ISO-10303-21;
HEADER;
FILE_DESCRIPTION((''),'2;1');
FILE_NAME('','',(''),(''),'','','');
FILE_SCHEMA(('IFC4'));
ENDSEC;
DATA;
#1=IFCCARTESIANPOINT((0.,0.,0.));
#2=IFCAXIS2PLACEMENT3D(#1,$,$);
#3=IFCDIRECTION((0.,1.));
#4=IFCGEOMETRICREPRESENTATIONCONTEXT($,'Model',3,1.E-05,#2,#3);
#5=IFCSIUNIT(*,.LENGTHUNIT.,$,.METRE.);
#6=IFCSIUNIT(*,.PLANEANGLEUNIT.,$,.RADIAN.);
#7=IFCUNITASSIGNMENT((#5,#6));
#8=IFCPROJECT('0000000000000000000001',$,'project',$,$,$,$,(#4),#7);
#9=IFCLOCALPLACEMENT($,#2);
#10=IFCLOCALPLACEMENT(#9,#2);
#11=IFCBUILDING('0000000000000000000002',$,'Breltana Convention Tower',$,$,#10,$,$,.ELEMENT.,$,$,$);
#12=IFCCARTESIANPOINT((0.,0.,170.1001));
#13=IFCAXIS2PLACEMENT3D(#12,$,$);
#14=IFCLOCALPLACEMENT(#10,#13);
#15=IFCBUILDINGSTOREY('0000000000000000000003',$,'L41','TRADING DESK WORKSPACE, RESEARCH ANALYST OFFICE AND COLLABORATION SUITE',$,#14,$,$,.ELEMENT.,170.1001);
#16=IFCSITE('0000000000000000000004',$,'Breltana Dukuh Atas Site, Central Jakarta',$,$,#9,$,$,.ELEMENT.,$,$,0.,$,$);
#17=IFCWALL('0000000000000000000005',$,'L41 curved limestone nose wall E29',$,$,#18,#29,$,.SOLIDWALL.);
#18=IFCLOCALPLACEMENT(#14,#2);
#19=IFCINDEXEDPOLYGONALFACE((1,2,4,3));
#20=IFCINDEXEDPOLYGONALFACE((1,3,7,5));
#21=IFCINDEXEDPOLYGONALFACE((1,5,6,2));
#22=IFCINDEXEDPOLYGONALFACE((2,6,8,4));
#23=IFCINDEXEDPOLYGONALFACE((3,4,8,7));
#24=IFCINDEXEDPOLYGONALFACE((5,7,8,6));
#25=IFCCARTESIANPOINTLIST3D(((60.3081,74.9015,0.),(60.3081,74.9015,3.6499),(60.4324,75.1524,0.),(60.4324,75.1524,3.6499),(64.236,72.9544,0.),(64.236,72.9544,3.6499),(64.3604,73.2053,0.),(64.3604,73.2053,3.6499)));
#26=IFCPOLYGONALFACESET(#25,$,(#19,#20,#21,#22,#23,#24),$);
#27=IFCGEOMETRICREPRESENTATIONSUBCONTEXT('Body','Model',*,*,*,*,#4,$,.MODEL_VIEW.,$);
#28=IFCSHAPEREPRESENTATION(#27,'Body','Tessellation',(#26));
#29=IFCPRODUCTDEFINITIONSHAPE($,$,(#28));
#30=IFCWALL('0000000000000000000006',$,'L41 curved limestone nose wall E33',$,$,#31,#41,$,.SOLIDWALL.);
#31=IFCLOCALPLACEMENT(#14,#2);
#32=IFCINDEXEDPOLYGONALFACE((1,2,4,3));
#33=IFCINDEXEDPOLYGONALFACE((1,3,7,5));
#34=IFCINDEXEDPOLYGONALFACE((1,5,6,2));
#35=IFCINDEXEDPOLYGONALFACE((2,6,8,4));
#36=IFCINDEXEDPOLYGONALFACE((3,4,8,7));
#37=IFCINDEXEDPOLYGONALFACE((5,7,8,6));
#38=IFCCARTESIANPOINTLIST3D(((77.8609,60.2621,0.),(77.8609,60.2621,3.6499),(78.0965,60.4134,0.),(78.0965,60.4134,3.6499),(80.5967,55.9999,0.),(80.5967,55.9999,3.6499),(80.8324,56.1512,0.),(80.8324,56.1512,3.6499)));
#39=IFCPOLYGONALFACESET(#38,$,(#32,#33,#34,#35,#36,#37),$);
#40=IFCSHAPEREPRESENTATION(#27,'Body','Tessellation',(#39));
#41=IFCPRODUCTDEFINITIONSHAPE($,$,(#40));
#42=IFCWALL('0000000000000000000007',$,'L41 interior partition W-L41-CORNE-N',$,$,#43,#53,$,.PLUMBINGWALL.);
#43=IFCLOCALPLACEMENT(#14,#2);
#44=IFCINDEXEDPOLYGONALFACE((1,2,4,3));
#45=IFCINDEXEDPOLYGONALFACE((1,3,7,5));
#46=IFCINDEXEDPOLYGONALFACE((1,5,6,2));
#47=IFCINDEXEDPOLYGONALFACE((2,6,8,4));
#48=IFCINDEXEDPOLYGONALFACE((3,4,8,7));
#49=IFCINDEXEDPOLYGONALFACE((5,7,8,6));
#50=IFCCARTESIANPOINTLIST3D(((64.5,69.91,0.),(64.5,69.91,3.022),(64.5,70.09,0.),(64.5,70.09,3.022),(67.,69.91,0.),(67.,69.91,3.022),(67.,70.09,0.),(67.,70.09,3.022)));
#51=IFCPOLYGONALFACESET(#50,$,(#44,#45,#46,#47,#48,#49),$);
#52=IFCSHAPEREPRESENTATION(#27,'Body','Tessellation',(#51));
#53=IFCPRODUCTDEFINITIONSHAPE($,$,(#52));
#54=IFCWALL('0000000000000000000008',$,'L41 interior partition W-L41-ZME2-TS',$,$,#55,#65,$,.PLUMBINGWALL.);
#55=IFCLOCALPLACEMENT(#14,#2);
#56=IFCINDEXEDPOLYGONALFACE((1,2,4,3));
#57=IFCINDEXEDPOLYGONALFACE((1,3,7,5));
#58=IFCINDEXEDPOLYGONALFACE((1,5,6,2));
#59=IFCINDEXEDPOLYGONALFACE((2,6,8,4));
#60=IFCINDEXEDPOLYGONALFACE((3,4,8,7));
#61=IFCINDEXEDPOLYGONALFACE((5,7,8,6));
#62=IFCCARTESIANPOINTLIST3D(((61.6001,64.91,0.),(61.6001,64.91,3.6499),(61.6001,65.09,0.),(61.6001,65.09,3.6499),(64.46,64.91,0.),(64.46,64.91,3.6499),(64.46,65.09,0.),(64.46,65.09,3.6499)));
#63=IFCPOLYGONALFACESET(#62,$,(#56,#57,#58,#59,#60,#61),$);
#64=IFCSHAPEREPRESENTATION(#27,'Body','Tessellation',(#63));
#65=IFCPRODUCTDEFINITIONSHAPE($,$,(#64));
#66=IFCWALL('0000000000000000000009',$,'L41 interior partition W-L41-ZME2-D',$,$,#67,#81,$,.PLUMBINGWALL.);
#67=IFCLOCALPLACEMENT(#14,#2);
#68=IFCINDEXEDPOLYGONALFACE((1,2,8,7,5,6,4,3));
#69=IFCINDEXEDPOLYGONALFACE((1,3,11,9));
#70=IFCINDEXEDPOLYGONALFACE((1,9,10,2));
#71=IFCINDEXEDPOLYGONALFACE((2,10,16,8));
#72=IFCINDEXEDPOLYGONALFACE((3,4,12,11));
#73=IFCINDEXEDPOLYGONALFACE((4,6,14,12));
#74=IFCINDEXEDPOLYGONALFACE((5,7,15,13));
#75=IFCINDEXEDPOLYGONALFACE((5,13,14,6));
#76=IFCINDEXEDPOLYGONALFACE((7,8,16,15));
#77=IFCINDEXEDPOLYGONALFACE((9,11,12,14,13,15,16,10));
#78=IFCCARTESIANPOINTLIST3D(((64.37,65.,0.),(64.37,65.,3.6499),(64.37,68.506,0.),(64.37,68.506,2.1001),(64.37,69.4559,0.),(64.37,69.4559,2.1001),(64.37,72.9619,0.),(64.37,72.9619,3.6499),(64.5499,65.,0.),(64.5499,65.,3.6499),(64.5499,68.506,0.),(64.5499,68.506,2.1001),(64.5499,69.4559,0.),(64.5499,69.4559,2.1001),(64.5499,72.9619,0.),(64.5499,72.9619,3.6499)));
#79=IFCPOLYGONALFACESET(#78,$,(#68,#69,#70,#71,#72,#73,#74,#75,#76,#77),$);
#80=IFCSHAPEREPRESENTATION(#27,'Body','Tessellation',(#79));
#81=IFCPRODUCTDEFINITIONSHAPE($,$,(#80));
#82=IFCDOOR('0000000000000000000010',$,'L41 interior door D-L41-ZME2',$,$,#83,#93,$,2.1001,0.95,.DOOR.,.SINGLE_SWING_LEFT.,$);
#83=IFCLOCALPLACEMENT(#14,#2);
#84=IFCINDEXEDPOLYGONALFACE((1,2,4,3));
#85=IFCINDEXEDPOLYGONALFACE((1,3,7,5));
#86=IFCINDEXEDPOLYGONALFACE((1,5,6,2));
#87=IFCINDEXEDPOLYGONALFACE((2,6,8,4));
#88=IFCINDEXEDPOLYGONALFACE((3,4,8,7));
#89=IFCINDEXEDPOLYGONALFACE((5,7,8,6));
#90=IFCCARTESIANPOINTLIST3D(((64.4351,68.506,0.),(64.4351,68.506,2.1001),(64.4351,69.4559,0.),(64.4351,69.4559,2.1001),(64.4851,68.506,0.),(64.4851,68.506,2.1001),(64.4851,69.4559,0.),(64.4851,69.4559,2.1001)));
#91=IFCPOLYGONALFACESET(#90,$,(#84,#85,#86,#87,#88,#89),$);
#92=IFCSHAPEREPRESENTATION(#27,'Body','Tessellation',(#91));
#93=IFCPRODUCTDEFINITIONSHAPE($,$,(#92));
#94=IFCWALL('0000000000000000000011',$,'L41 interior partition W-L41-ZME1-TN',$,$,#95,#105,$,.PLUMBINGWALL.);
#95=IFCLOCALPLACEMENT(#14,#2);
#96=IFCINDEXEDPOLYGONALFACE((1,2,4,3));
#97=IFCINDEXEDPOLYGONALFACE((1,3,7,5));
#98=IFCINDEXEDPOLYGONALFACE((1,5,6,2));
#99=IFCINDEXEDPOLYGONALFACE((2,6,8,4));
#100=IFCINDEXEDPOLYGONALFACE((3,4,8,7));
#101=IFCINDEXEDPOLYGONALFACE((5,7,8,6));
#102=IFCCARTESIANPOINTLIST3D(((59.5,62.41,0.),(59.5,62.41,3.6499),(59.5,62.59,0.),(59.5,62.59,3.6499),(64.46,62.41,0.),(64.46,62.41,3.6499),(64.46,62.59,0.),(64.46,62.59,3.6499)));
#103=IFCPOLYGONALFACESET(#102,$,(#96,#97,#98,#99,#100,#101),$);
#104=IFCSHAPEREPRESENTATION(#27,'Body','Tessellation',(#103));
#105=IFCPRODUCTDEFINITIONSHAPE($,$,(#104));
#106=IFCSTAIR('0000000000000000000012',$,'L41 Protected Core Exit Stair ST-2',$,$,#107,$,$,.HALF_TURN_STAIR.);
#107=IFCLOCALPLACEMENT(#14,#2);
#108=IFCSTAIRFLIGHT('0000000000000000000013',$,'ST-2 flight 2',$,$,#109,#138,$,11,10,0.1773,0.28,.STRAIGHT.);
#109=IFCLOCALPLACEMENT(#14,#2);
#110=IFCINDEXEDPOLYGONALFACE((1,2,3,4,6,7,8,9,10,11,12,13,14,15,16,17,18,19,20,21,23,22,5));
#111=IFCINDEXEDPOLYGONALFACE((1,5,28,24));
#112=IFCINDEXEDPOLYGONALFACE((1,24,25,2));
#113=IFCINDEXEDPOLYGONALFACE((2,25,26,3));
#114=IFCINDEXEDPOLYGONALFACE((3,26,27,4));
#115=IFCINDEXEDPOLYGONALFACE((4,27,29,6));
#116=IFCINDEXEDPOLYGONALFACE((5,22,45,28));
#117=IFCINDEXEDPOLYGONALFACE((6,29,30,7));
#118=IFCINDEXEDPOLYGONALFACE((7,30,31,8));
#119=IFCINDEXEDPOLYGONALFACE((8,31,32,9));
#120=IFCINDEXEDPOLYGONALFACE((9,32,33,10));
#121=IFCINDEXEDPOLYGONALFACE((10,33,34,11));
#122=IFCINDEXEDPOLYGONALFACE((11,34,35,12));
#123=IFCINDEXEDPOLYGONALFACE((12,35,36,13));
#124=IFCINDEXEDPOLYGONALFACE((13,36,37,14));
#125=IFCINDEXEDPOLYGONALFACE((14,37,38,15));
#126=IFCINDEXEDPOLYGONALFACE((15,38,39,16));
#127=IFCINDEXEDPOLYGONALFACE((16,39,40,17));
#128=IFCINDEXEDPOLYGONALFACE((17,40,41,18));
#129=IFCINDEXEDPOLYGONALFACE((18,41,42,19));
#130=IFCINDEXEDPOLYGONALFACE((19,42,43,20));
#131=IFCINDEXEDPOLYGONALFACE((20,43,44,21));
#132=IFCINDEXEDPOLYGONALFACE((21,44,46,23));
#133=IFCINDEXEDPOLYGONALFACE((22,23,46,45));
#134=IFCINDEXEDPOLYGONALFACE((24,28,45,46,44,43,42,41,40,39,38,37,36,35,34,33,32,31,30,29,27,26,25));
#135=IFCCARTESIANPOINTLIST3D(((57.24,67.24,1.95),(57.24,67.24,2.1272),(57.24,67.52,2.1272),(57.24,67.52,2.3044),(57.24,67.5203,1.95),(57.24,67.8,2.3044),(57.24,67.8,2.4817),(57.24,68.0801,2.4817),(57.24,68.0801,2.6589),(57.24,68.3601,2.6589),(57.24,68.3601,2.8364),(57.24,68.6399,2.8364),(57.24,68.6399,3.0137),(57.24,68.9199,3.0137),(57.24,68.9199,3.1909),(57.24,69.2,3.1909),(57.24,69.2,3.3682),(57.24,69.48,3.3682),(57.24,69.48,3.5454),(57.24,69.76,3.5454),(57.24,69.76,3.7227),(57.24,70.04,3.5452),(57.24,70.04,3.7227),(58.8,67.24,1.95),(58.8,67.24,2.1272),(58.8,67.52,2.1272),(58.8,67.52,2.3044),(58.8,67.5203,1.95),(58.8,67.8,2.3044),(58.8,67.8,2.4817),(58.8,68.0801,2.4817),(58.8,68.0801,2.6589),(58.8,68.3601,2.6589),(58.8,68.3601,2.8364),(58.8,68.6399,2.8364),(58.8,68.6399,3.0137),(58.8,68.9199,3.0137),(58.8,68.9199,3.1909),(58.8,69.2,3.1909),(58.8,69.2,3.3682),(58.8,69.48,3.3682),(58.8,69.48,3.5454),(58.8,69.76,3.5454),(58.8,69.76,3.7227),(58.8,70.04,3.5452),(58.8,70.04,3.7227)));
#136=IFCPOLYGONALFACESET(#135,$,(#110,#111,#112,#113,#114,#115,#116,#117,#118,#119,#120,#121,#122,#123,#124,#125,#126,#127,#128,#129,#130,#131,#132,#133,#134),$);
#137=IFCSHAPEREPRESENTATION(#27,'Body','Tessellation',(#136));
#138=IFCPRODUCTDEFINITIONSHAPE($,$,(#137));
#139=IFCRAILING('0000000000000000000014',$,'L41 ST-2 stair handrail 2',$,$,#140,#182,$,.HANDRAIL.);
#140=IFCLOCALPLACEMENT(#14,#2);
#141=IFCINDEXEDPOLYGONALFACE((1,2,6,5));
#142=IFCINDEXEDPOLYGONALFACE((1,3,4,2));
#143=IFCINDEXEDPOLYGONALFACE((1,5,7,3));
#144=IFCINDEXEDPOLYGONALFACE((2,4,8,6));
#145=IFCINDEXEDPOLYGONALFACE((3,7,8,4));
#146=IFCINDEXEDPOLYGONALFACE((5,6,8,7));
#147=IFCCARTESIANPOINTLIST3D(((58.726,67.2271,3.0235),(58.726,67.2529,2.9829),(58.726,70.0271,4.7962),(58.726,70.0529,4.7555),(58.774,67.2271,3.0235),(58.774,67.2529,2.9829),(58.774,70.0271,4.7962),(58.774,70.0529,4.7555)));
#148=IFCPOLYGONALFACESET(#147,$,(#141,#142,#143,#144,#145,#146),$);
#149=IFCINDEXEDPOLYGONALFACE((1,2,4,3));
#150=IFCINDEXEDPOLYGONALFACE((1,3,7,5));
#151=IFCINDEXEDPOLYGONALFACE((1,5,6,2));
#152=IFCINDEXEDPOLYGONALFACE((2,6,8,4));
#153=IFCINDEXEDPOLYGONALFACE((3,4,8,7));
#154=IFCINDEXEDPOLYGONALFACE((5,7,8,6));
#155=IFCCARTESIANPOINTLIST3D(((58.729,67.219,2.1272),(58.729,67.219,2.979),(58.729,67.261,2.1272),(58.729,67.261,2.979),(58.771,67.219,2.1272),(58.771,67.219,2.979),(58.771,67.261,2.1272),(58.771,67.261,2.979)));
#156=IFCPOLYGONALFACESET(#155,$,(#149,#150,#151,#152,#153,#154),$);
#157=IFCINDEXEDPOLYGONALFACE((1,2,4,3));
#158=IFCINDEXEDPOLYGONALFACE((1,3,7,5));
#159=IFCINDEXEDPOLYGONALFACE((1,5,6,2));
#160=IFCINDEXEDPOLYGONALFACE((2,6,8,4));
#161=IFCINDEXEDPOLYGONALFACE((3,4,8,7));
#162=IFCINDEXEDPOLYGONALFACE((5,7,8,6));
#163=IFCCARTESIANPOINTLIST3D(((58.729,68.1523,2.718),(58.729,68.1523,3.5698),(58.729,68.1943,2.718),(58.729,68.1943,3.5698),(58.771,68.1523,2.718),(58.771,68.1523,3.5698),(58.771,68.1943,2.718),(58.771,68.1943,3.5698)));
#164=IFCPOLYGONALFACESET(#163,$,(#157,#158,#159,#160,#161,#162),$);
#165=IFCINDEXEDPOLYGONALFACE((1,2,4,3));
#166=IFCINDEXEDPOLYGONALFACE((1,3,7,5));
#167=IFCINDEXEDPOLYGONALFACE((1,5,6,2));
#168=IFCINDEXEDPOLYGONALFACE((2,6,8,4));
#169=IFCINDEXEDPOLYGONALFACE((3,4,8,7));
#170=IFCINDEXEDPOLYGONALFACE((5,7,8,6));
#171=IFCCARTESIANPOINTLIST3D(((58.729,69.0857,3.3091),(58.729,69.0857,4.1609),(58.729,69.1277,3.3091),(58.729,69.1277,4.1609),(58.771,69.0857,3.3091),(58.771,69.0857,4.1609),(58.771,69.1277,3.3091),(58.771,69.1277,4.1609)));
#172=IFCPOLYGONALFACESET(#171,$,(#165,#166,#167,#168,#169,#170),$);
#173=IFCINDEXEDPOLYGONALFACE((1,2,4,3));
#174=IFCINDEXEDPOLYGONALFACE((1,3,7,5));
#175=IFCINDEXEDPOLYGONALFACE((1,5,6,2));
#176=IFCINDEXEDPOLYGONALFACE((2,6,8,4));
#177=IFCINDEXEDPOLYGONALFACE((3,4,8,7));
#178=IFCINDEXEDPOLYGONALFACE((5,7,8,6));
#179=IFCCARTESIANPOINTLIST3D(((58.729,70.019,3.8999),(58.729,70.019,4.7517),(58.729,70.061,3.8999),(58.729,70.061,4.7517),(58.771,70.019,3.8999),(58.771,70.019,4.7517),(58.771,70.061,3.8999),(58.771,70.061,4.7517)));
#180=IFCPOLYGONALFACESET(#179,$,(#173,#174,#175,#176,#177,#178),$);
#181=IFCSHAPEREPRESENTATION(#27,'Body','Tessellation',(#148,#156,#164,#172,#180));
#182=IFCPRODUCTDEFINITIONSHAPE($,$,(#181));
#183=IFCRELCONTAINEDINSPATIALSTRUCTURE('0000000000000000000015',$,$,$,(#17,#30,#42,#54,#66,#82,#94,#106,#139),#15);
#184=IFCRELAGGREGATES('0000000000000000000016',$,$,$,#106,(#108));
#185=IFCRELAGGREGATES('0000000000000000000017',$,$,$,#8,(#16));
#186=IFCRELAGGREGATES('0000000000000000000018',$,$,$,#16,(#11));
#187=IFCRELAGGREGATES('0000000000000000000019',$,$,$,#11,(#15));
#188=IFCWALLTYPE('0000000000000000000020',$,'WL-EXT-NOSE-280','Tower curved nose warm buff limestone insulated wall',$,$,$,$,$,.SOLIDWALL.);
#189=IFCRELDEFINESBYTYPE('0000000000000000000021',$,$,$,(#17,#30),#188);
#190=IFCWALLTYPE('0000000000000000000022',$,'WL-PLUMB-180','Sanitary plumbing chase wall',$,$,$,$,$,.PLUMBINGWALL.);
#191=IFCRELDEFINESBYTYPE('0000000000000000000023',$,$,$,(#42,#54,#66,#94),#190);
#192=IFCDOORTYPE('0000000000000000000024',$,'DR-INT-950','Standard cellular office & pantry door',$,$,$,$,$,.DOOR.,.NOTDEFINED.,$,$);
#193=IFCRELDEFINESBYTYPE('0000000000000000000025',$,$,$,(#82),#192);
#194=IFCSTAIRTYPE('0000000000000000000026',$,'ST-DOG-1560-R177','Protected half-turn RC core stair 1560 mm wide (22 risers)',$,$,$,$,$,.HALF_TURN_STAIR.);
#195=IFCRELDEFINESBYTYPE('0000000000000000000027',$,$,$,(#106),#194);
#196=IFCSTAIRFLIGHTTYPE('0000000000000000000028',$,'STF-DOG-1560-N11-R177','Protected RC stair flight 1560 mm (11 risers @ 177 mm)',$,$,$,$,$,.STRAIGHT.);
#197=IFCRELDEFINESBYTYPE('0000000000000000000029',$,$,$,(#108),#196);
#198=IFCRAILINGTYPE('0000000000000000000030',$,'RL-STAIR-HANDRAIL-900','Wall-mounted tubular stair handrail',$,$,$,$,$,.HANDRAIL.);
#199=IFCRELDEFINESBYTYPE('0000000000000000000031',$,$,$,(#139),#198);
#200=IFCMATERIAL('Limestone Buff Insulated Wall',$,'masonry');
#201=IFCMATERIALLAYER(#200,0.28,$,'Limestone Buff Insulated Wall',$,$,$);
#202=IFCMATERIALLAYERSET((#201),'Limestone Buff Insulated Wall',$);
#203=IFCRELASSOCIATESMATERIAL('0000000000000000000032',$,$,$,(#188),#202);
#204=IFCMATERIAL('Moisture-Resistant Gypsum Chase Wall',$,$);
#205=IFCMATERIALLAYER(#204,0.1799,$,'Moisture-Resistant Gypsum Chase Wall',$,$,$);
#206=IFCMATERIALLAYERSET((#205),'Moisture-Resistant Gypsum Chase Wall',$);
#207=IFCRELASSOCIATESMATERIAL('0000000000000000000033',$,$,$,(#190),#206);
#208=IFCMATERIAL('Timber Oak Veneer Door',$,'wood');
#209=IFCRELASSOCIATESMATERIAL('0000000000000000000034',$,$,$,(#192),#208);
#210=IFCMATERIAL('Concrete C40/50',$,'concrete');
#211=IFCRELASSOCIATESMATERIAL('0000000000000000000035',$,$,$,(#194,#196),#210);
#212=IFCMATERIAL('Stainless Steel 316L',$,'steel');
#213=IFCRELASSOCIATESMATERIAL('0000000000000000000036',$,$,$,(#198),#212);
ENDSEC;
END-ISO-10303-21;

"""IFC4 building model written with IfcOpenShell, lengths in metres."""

from ifc_helpers import new_model, si_unit, direction, frame, frame_2d, origin, origin_2d, place, context, subcontext, project, spatial, polyline, rectangle, outline, extrude, source, transform, mapped, material, layer, layer_set, type_object, type_shapes, element, fill, aggregate, save


model = new_model("IFC4")

# Units and contexts
model_context = context("Model", 3, precision=1e-05, world=origin(), true_north=direction((0.0, 1.0)))
body_context = subcontext(model_context, "Body", "Model", "MODEL_VIEW")
ifc_project = project(units=[si_unit("LENGTHUNIT", "METRE"), si_unit("PLANEANGLEUNIT", "RADIAN")], contexts=[model_context])

# Site, building, storey
site_placement = place(None, origin())
site = spatial("IfcSite", under=ifc_project, at=site_placement, Name="Breltana Dukuh Atas Site, Central Jakarta", CompositionType="ELEMENT", RefElevation=0.0)
building_placement = place(site_placement, origin())
building = spatial("IfcBuilding", under=site, at=building_placement, Name="Breltana Convention Tower", CompositionType="ELEMENT")
storey_placement = place(building_placement, frame((0.0, 0.0, 170.1001)))
storey = spatial("IfcBuildingStorey", under=building, at=storey_placement, Name="L41", Description="TRADING DESK WORKSPACE, RESEARCH ANALYST OFFICE AND COLLABORATION SUITE", CompositionType="ELEMENT", Elevation=170.1001)

# Walls
ifc_material_1 = material(Name="Limestone Buff Insulated Wall", Category="masonry")
ifc_layer_1 = layer(ifc_material_1, 0.28, Name="Limestone Buff Insulated Wall")
ifc_layer_set_1 = layer_set([ifc_layer_1], Name="Limestone Buff Insulated Wall")
wall_type_1 = type_object("IfcWallType", Name="WL-EXT-NOSE-280", Description="Tower curved nose warm buff limestone insulated wall", PredefinedType="SOLIDWALL", material=ifc_layer_set_1)
shared_shape_1 = source(origin(), body_context, "Body", "SweptSolid", [
    extrude(rectangle(XDim=4.384, YDim=0.28, at=frame_2d((2.1919, 0.0))), origin(), (0.0, 0.0, 1.0), 3.6499),
])
wall_1_placement = place(storey_placement, frame((60.3704, 75.0269, 0.0), z_axis=(0.0, 0.0, 1.0), x_axis=(0.89597, -0.444115, 0.0)))
element("IfcWall", 1, at=wall_1_placement, inside=storey, type_object=wall_type_1, Name="L41 curved limestone nose wall E29", PredefinedType="SOLIDWALL", context=body_context, shape_type="MappedRepresentation", body=[
    mapped(shared_shape_1, transform((0.0, 0.0, 0.0), scale=1.0)),
])
shared_shape_2 = source(origin(), body_context, "Body", "SweptSolid", [
    extrude(rectangle(XDim=5.0647, YDim=0.28, at=frame_2d((2.5322, 0.0))), origin(), (0.0, 0.0, 1.0), 3.6499),
])
wall_2_placement = place(storey_placement, frame((77.9788, 60.3376, 0.0), z_axis=(0.0, 0.0, 1.0), x_axis=(0.540178, -0.841551, 0.0)))
element("IfcWall", 2, at=wall_2_placement, inside=storey, type_object=wall_type_1, Name="L41 curved limestone nose wall E33", PredefinedType="SOLIDWALL", context=body_context, shape_type="MappedRepresentation", body=[
    mapped(shared_shape_2, transform((0.0, 0.0, 0.0), scale=1.0)),
])
ifc_material_2 = material(Name="Moisture-Resistant Gypsum Chase Wall")
ifc_layer_2 = layer(ifc_material_2, 0.1799, Name="Moisture-Resistant Gypsum Chase Wall")
ifc_layer_set_2 = layer_set([ifc_layer_2], Name="Moisture-Resistant Gypsum Chase Wall")
wall_type_2 = type_object("IfcWallType", Name="WL-PLUMB-180", Description="Sanitary plumbing chase wall", PredefinedType="PLUMBINGWALL", material=ifc_layer_set_2)
shared_shape_3 = source(origin(), body_context, "Body", "SweptSolid", [
    extrude(rectangle(XDim=2.5, YDim=0.1799, at=frame_2d((1.25, 0.0))), origin(), (0.0, 0.0, 1.0), 3.022),
])
wall_3_placement = place(storey_placement, frame((64.5, 70.0, 0.0), z_axis=(0.0, 0.0, 1.0), x_axis=(1.0, 0.0, 0.0)))
element("IfcWall", 3, at=wall_3_placement, inside=storey, type_object=wall_type_2, Name="L41 interior partition W-L41-CORNE-N", PredefinedType="PLUMBINGWALL", context=body_context, shape_type="MappedRepresentation", body=[
    mapped(shared_shape_3, transform((0.0, 0.0, 0.0), scale=1.0)),
])
shared_shape_4 = source(origin(), body_context, "Body", "SweptSolid", [
    extrude(rectangle(XDim=2.8599, YDim=0.1799, at=frame_2d((1.4299, 0.0))), origin(), (0.0, 0.0, 1.0), 3.6499),
])
wall_4_placement = place(storey_placement, frame((61.6001, 65.0, 0.0), z_axis=(0.0, 0.0, 1.0), x_axis=(1.0, 0.0, 0.0)))
element("IfcWall", 4, at=wall_4_placement, inside=storey, type_object=wall_type_2, Name="L41 interior partition W-L41-ZME2-TS", PredefinedType="PLUMBINGWALL", context=body_context, shape_type="MappedRepresentation", body=[
    mapped(shared_shape_4, transform((0.0, 0.0, 0.0), scale=1.0)),
])

# Wall, opening, door
shared_shape_5 = source(origin(), body_context, "Body", "SweptSolid", [
    extrude(rectangle(XDim=7.9619, YDim=0.1799, at=frame_2d((3.981, 0.0))), origin(), (0.0, 0.0, 1.0), 3.6499),
])
wall_5_placement = place(storey_placement, frame((64.46, 65.0, 0.0), z_axis=(0.0, 0.0, 1.0), x_axis=(0.0, 1.0, 0.0)))
wall_5 = element("IfcWall", 5, at=wall_5_placement, inside=storey, type_object=wall_type_2, Name="L41 interior partition W-L41-ZME2-D", PredefinedType="PLUMBINGWALL", context=body_context, shape_type="MappedRepresentation", body=[
    mapped(shared_shape_5, transform((0.0, 0.0, 0.0), scale=1.0)),
])
opening_placement = place(wall_5_placement, frame((3.5059, 0.0, 0.0)))
opening = element("IfcOpeningElement", 6, at=opening_placement, cuts=wall_5, PredefinedType="OPENING", context=body_context, shape_type="SweptSolid", body=[
    extrude(rectangle(XDim=0.95, YDim=2.1001, at=frame_2d((0.4751, 1.05))), frame((0.0, 0.1001, 0.0), z_axis=(0.0, -1.0, 0.0), x_axis=(1.0, 0.0, 0.0)), (0.0, 0.0, 1.0), 0.2),
])
ifc_material_3 = material(Name="Timber Oak Veneer Door", Category="wood")
door_type = type_object("IfcDoorType", Name="DR-INT-950", Description="Standard cellular office & pantry door", OperationType="NOTDEFINED", PredefinedType="DOOR", material=ifc_material_3)
shared_shape_6 = source(origin(), body_context, "Body", "SweptSolid", [
    extrude(rectangle(XDim=0.95, YDim=2.1001, at=frame_2d((0.4751, 1.05))), frame((0.0, 0.0249, 0.0), z_axis=(0.0, -1.0, 0.0), x_axis=(1.0, 0.0, 0.0)), (0.0, 0.0, 1.0), 0.05),
])
type_shapes(door_type, [shared_shape_6])
door_placement = place(opening_placement, origin())
door = element("IfcDoor", 7, at=door_placement, inside=storey, type_object=door_type, Name="L41 interior door D-L41-ZME2", OperationType="SINGLE_SWING_LEFT", OverallHeight=2.1001, OverallWidth=0.95, PredefinedType="DOOR", context=body_context, shape_type="MappedRepresentation", body=[
    mapped(shared_shape_6, transform((0.0, 0.0, 0.0), scale=1.0)),
])
fill(opening, door)

# Wall
shared_shape_7 = source(origin(), body_context, "Body", "SweptSolid", [
    extrude(rectangle(XDim=4.96, YDim=0.1799, at=frame_2d((2.48, 0.0))), origin(), (0.0, 0.0, 1.0), 3.6499),
])
wall_6_placement = place(storey_placement, frame((59.5, 62.5, 0.0), z_axis=(0.0, 0.0, 1.0), x_axis=(1.0, 0.0, 0.0)))
element("IfcWall", 8, at=wall_6_placement, inside=storey, type_object=wall_type_2, Name="L41 interior partition W-L41-ZME1-TN", PredefinedType="PLUMBINGWALL", context=body_context, shape_type="MappedRepresentation", body=[
    mapped(shared_shape_7, transform((0.0, 0.0, 0.0), scale=1.0)),
])

# Stair, stair flight
ifc_material_4 = material(Name="Concrete C40/50", Category="concrete")
stair_type = type_object("IfcStairType", Name="ST-DOG-1560-R177", Description="Protected half-turn RC core stair 1560 mm wide (22 risers)", PredefinedType="HALF_TURN_STAIR", material=ifc_material_4)
stair_placement = place(storey_placement, origin())
stair = element("IfcStair", 9, at=stair_placement, inside=storey, type_object=stair_type, Name="L41 Protected Core Exit Stair ST-2", PredefinedType="HALF_TURN_STAIR")
stair_flight_type = type_object("IfcStairFlightType", Name="STF-DOG-1560-N11-R177", Description="Protected RC stair flight 1560 mm (11 risers @ 177 mm)", PredefinedType="STRAIGHT", material=ifc_material_4)
stair_flight_placement = place(storey_placement, frame((58.02, 67.24, 1.95), z_axis=(0.0, 0.0, 1.0), x_axis=(0.0, 1.0, 0.0)))
stair_flight = element("IfcStairFlight", 10, at=stair_flight_placement, type_object=stair_flight_type, Name="ST-2 flight 2", NumberOfRisers=11, NumberOfTreads=10, PredefinedType="STRAIGHT", RiserHeight=0.1773, TreadLength=0.28, context=body_context, shape_type="SweptSolid", body=[
    extrude(outline(polyline([(0.0, 0.0), (0.0, 0.1772), (0.28, 0.1772), (0.28, 0.3545), (0.5601, 0.3545), (0.5601, 0.5317), (0.8401, 0.5317), (0.8401, 0.709), (1.1201, 0.709), (1.1201, 0.8865), (1.3999, 0.8865), (1.3999, 1.0637), (1.6799, 1.0637), (1.6799, 1.241), (1.96, 1.241), (1.96, 1.4182), (2.24, 1.4182), (2.24, 1.5955), (2.52, 1.5955), (2.52, 1.7727), (2.8, 1.7727), (2.8, 1.95), (2.8, 1.5952), (0.2803, 0.0), (0.0, 0.0)])), frame((0.0, 0.78, 0.0), z_axis=(0.0, -1.0, 0.0), x_axis=(1.0, 0.0, 0.0)), (0.0, 0.0, 1.0), 1.5601),
])
aggregate(stair, [stair_flight])

# Railing
ifc_material_5 = material(Name="Stainless Steel 316L", Category="steel")
railing_type = type_object("IfcRailingType", Name="RL-STAIR-HANDRAIL-900", Description="Wall-mounted tubular stair handrail", PredefinedType="HANDRAIL", material=ifc_material_5)
railing_placement = place(storey_placement, frame((58.75, 67.24, 2.1272)))
element("IfcRailing", 11, at=railing_placement, inside=storey, type_object=railing_type, Name="L41 ST-2 stair handrail 2", PredefinedType="HANDRAIL", context=body_context, shape_type="SweptSolid", body=[
    extrude(rectangle(XDim=0.0481, YDim=0.0481, at=origin_2d()), frame((0.0, 0.0, 0.876), z_axis=(0.0, 0.844909, 0.53491), x_axis=(-1.0, 0.0, 0.0)), (0.0, 0.0, 1.0), 3.314),
    extrude(rectangle(XDim=0.042, YDim=0.042, at=origin_2d()), origin(), (0.0, 0.0, 1.0), 0.8518),
    extrude(rectangle(XDim=0.042, YDim=0.042, at=origin_2d()), frame((0.0, 0.9333, 0.5908)), (0.0, 0.0, 1.0), 0.8518),
    extrude(rectangle(XDim=0.042, YDim=0.042, at=origin_2d()), frame((0.0, 1.8667, 1.1819)), (0.0, 0.0, 1.0), 0.8518),
    extrude(rectangle(XDim=0.042, YDim=0.042, at=origin_2d()), frame((0.0, 2.8, 1.7727)), (0.0, 0.0, 1.0), 0.8518),
])

save(model, "model.ifc")
